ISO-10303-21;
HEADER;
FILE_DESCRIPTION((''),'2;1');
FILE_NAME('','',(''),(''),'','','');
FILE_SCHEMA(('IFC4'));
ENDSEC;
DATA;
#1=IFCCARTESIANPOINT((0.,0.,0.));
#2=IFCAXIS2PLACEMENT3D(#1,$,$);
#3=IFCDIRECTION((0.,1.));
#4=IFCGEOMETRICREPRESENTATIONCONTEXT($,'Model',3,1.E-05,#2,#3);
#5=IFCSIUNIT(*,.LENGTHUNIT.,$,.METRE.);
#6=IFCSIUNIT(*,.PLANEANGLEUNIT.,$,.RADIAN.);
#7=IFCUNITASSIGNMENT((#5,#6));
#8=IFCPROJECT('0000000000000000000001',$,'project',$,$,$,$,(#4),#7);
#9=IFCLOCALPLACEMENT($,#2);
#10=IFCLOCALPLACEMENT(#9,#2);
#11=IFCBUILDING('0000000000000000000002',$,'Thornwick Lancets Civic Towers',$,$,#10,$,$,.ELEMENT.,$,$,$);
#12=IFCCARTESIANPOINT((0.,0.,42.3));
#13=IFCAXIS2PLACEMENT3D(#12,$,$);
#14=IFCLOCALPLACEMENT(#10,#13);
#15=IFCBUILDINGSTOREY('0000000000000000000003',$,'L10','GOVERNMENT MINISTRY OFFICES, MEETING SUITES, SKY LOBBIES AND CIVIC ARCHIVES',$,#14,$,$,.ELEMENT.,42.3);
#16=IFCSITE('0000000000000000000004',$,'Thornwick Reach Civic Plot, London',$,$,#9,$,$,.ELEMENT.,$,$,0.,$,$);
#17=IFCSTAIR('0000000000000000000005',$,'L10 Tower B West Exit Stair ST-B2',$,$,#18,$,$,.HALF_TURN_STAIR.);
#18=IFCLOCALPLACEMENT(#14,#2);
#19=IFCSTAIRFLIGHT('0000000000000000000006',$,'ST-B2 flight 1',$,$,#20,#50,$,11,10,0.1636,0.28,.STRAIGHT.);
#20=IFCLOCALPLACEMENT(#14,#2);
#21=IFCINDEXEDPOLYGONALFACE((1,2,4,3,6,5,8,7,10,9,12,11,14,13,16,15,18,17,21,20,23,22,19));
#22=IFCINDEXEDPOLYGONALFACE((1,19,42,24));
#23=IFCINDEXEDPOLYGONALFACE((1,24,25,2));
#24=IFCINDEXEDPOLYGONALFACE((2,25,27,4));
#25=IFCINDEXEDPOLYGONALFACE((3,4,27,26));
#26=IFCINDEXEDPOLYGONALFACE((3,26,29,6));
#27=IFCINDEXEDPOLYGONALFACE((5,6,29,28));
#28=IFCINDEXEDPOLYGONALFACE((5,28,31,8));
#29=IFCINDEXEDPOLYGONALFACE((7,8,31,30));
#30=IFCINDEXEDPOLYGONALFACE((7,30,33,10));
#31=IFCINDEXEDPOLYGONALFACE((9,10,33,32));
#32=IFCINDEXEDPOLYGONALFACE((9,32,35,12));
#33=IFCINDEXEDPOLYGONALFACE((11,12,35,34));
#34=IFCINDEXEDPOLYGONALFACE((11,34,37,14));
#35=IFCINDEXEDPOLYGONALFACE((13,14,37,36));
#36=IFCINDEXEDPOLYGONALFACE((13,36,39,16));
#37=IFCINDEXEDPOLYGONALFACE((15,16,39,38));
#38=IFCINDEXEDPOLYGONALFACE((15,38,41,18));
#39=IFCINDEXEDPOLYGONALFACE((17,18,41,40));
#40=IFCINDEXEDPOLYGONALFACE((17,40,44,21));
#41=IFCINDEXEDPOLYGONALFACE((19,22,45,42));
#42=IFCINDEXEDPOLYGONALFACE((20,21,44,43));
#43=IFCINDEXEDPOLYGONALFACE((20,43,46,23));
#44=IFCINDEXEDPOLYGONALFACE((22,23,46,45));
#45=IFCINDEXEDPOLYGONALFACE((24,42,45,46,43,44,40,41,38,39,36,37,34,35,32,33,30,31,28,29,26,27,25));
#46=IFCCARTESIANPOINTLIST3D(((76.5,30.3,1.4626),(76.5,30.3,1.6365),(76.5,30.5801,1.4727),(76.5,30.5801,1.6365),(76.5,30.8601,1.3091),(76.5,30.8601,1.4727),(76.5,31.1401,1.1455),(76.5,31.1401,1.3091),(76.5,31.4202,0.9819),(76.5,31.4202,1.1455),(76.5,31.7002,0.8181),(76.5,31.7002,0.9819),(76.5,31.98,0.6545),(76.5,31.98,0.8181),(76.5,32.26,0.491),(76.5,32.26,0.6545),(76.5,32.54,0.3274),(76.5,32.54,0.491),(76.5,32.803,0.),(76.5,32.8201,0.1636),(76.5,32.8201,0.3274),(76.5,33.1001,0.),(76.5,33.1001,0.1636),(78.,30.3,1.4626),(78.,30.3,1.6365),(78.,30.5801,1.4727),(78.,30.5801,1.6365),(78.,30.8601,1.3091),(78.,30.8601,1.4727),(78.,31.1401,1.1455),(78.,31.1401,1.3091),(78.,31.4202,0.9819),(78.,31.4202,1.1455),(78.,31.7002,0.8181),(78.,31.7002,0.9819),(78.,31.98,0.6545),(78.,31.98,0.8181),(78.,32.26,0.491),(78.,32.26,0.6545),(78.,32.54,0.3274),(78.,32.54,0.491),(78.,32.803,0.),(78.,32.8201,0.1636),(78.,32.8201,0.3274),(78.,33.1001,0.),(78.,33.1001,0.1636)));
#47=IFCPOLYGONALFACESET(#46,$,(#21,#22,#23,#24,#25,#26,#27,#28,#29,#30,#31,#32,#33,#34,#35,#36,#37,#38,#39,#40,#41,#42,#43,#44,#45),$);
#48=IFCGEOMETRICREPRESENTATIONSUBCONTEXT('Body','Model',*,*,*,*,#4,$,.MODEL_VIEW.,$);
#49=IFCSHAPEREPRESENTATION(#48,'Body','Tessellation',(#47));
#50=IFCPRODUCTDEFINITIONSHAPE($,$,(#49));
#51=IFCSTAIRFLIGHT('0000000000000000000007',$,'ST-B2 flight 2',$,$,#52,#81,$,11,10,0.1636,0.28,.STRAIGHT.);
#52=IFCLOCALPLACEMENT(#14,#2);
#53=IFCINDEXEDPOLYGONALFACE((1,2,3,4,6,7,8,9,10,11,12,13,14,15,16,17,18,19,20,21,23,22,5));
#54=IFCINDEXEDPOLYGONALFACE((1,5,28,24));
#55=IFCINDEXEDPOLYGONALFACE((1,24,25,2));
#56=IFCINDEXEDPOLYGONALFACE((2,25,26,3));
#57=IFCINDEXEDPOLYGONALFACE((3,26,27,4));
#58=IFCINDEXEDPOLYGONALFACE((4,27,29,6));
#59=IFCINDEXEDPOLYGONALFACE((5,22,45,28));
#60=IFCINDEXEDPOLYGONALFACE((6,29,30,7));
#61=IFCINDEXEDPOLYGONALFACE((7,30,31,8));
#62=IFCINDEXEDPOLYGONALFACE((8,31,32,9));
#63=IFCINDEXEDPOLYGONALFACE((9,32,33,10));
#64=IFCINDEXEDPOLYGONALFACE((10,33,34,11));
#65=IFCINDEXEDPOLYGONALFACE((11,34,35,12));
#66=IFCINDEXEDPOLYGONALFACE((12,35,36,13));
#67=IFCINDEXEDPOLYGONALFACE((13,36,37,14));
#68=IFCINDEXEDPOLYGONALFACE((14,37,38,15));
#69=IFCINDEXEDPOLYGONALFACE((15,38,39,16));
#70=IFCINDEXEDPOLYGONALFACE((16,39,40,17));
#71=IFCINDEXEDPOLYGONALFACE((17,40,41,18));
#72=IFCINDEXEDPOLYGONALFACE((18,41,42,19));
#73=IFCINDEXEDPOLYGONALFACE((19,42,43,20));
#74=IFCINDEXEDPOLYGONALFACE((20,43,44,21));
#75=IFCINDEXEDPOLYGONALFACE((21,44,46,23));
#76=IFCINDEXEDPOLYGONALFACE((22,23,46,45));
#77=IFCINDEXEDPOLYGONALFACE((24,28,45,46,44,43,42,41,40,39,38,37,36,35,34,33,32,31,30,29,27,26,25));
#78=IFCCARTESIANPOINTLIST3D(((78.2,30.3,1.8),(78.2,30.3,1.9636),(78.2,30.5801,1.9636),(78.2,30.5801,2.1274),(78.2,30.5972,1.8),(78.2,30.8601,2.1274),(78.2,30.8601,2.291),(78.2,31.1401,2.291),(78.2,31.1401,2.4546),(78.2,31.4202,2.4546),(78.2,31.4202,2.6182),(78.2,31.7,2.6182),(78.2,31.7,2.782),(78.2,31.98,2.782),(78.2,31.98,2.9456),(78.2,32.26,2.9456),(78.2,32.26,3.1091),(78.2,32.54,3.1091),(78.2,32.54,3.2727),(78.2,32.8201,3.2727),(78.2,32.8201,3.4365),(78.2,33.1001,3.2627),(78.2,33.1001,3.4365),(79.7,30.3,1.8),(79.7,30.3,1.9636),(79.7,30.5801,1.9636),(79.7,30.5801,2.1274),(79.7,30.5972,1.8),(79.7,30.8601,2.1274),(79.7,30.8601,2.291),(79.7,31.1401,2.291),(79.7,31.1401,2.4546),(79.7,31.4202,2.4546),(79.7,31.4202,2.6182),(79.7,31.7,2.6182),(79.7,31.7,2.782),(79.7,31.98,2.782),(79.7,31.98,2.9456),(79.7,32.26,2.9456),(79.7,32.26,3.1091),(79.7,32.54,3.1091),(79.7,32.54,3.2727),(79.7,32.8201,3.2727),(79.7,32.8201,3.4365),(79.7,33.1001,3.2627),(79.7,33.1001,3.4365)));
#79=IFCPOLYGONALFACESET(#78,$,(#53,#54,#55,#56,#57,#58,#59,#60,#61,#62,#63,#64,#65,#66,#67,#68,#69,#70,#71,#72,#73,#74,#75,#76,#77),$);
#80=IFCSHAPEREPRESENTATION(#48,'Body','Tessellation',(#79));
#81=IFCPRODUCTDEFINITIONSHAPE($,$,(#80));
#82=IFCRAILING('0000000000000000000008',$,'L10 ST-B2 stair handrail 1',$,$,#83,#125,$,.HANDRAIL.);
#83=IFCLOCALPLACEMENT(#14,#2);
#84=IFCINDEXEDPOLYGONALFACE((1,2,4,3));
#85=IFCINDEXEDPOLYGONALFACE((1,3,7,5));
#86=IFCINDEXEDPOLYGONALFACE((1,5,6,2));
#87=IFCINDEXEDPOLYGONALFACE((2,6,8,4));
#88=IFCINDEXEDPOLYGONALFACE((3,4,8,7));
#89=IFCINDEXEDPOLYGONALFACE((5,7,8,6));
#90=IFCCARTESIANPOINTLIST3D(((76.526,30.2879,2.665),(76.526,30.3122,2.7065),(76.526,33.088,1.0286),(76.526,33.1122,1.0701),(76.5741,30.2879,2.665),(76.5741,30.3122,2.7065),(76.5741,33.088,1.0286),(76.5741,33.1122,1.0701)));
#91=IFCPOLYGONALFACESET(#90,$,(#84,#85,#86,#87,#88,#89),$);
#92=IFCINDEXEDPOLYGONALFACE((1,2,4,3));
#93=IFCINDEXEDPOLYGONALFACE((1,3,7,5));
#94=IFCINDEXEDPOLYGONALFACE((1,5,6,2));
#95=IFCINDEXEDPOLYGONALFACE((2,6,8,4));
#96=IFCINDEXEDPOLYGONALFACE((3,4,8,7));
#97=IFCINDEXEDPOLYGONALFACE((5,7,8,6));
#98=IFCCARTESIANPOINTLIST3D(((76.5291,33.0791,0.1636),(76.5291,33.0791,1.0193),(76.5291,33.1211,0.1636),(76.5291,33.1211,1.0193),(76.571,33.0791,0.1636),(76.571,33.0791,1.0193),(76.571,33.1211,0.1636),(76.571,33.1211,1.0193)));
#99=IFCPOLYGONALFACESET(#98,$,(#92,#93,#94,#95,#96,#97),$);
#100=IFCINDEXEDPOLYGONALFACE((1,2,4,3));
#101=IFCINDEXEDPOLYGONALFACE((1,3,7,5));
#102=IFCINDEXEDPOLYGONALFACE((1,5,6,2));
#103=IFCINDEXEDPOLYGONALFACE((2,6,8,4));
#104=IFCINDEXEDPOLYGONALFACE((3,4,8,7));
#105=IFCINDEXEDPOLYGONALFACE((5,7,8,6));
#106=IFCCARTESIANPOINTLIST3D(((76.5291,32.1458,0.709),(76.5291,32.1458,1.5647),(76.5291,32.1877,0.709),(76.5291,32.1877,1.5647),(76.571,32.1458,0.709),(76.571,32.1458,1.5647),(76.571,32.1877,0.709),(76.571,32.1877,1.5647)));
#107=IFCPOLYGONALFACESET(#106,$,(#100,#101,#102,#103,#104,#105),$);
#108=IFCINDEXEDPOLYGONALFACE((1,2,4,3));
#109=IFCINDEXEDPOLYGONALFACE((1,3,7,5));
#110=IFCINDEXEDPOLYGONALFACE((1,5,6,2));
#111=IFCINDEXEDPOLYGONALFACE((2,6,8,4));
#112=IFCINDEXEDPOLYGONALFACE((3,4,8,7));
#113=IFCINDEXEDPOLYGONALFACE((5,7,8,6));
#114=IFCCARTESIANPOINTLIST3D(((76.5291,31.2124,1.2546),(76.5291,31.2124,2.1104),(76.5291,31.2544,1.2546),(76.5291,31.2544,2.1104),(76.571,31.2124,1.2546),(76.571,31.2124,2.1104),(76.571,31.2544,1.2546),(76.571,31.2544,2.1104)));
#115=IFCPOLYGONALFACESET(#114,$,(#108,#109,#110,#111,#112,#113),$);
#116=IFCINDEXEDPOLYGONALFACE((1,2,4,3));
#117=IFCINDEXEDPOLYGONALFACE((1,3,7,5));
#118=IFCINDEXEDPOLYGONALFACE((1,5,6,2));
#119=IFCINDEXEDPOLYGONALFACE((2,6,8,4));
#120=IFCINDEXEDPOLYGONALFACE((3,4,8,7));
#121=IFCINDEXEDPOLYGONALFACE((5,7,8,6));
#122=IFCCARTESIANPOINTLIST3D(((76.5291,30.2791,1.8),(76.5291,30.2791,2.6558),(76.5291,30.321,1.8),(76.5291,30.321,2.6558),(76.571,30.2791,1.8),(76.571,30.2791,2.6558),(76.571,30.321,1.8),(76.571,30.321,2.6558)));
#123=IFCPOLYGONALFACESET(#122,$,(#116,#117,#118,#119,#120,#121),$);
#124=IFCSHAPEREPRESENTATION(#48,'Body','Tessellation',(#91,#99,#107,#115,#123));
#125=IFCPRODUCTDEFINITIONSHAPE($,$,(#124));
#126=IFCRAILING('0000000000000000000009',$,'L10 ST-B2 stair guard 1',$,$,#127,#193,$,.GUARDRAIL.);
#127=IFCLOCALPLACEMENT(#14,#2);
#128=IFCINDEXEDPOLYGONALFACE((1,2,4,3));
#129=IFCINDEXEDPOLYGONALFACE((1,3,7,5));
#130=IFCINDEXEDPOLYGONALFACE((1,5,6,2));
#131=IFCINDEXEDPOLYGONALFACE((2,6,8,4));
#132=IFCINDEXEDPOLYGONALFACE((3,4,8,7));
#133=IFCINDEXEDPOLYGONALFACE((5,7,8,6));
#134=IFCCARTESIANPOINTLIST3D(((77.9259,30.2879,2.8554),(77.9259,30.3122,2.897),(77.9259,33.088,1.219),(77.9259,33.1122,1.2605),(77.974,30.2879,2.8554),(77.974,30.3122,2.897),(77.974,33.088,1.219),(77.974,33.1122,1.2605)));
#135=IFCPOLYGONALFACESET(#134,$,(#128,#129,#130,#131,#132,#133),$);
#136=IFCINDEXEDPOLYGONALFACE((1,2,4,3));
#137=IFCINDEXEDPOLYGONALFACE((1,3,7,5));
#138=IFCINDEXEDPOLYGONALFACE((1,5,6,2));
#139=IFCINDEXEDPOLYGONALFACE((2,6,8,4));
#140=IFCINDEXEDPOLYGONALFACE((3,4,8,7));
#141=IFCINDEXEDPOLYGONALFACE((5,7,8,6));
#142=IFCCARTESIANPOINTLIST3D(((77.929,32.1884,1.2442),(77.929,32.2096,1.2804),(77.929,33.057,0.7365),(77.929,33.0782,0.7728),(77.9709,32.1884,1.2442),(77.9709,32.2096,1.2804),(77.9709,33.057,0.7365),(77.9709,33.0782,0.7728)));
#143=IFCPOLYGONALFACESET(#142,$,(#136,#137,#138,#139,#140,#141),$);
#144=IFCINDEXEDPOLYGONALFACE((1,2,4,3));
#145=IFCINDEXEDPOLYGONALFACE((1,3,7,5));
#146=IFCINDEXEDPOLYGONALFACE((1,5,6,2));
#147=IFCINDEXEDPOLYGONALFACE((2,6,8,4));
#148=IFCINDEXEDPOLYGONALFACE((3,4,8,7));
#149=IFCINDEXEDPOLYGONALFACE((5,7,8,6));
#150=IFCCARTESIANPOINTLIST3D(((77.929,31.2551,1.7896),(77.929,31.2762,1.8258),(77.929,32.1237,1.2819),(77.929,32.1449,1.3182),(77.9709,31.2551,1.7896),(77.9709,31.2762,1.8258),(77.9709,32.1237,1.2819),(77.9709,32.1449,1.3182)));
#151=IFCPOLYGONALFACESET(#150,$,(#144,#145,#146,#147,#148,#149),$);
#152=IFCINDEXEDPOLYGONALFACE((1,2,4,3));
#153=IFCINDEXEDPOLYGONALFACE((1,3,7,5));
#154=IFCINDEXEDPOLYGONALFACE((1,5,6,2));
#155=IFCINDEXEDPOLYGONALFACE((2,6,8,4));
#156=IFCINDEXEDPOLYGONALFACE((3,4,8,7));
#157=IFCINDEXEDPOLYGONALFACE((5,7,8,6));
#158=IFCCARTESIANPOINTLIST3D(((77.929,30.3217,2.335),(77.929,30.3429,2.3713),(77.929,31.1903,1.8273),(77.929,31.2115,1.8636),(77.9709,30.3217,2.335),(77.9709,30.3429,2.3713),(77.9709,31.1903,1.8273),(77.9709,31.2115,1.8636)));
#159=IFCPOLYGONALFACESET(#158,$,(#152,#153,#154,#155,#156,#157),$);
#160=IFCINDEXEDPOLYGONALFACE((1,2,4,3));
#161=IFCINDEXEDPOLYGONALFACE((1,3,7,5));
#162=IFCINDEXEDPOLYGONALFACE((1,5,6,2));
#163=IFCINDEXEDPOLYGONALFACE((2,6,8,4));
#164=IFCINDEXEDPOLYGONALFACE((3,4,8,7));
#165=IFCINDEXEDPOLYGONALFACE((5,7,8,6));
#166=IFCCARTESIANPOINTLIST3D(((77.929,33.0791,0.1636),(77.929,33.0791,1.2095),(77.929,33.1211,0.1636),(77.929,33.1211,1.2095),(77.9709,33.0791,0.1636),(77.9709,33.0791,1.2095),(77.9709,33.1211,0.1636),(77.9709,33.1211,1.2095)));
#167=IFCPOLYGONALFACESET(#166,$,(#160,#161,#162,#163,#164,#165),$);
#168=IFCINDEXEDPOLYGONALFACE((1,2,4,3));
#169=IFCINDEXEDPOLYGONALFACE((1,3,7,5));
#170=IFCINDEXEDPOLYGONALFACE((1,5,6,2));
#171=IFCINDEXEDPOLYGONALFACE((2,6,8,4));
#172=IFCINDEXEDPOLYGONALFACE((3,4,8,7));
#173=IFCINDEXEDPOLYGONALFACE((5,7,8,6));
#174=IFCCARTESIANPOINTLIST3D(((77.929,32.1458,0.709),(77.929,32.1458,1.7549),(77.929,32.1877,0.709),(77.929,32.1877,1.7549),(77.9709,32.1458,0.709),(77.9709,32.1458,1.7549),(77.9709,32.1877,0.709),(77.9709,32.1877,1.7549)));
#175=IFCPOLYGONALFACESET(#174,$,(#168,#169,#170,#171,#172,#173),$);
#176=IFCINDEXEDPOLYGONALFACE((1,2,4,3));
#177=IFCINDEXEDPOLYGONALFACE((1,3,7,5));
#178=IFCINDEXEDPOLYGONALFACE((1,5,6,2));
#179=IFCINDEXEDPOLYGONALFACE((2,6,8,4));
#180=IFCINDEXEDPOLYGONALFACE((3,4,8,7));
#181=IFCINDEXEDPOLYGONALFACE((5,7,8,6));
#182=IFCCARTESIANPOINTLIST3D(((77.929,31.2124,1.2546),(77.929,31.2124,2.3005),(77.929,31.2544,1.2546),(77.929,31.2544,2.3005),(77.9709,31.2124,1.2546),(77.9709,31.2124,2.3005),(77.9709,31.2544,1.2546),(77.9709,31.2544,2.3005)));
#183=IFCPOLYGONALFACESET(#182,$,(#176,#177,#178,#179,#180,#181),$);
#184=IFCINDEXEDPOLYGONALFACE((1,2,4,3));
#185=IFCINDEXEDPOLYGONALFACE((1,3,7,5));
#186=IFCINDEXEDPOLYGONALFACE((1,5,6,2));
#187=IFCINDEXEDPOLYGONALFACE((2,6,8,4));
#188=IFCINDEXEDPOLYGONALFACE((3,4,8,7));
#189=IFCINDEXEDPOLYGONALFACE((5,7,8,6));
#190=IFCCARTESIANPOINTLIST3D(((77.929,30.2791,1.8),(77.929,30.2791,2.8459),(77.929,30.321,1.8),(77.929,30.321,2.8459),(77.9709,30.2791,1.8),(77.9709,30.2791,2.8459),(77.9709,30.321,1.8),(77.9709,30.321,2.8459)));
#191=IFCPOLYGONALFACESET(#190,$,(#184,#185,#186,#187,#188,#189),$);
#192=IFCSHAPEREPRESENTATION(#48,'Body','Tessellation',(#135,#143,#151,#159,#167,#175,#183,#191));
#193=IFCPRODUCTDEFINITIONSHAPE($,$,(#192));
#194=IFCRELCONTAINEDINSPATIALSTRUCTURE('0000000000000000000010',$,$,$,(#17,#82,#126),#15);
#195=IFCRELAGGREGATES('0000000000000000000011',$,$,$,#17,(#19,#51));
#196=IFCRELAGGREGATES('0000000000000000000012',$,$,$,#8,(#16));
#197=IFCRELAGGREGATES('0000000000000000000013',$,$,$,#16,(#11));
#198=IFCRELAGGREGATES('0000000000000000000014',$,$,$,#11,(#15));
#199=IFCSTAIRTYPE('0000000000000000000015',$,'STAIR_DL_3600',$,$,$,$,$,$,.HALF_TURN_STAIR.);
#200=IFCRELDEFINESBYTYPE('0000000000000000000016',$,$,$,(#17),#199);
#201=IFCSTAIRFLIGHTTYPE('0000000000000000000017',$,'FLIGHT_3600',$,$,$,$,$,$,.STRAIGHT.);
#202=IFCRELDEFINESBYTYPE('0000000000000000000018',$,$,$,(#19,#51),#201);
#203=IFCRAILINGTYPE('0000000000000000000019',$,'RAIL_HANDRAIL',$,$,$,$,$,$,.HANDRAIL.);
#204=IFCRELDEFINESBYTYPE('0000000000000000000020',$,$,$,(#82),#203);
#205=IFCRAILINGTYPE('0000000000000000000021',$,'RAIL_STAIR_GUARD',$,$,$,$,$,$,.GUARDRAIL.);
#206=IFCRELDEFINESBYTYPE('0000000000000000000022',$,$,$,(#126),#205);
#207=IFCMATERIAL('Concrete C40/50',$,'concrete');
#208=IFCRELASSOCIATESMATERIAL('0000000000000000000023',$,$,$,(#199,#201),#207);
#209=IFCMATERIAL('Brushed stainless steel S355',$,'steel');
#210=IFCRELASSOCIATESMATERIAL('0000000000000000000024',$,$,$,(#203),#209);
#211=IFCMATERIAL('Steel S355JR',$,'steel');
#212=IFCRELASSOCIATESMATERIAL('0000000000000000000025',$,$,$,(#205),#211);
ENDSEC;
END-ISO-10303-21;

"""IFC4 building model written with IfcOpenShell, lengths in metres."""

from ifc_helpers import new_model, si_unit, direction, frame, origin, origin_2d, place, context, subcontext, project, spatial, polyline, rectangle, outline, extrude, material, type_object, element, aggregate, save


model = new_model("IFC4")

# Units and contexts
model_context = context("Model", 3, precision=1e-05, world=origin(), true_north=direction((0.0, 1.0)))
body_context = subcontext(model_context, "Body", "Model", "MODEL_VIEW")
ifc_project = project(units=[si_unit("LENGTHUNIT", "METRE"), si_unit("PLANEANGLEUNIT", "RADIAN")], contexts=[model_context])

# Site, building, storey
site_placement = place(None, origin())
site = spatial("IfcSite", under=ifc_project, at=site_placement, Name="Thornwick Reach Civic Plot, London", CompositionType="ELEMENT", RefElevation=0.0)
building_placement = place(site_placement, origin())
building = spatial("IfcBuilding", under=site, at=building_placement, Name="Thornwick Lancets Civic Towers", CompositionType="ELEMENT")
storey_placement = place(building_placement, frame((0.0, 0.0, 42.3)))
storey = spatial("IfcBuildingStorey", under=building, at=storey_placement, Name="L10", Description="GOVERNMENT MINISTRY OFFICES, MEETING SUITES, SKY LOBBIES AND CIVIC ARCHIVES", CompositionType="ELEMENT", Elevation=42.3)

# Shared definitions
ifc_material_1 = material(Name="Steel S355JR", Category="steel")
ifc_material_2 = material(Name="Concrete C40/50", Category="concrete")

# Stair, stair flights
stair_type = type_object("IfcStairType", Name="STAIR_DL_3600", PredefinedType="HALF_TURN_STAIR", material=ifc_material_2)
stair_placement = place(storey_placement, origin())
stair = element("IfcStair", 1, at=stair_placement, inside=storey, type_object=stair_type, Name="L10 Tower B West Exit Stair ST-B2", PredefinedType="HALF_TURN_STAIR")
stair_flight_type = type_object("IfcStairFlightType", Name="FLIGHT_3600", PredefinedType="STRAIGHT", material=ifc_material_2)
stair_flight_1_placement = place(storey_placement, frame((77.25, 33.1001, 0.0), z_axis=(0.0, 0.0, 1.0), x_axis=(0.0, -1.0, 0.0)))
stair_flight_1 = element("IfcStairFlight", 2, at=stair_flight_1_placement, type_object=stair_flight_type, Name="ST-B2 flight 1", NumberOfRisers=11, NumberOfTreads=10, PredefinedType="STRAIGHT", RiserHeight=0.1636, TreadLength=0.28, context=body_context, shape_type="SweptSolid", body=[
    extrude(outline(polyline([(0.0, 0.0), (0.0, 0.1636), (0.28, 0.1636), (0.28, 0.3274), (0.5601, 0.3274), (0.5601, 0.491), (0.8401, 0.491), (0.8401, 0.6545), (1.1201, 0.6545), (1.1201, 0.8181), (1.3999, 0.8181), (1.3999, 0.9819), (1.6799, 0.9819), (1.6799, 1.1455), (1.96, 1.1455), (1.96, 1.3091), (2.24, 1.3091), (2.24, 1.4727), (2.52, 1.4727), (2.52, 1.6365), (2.8, 1.6365), (2.8, 1.8), (2.8, 1.4626), (0.2971, 0.0), (0.0, 0.0)])), frame((0.0, 0.75, 0.0), z_axis=(0.0, -1.0, 0.0), x_axis=(1.0, 0.0, 0.0)), (0.0, 0.0, 1.0), 1.5),
])
stair_flight_2_placement = place(storey_placement, frame((78.95, 30.3, 1.8), z_axis=(0.0, 0.0, 1.0), x_axis=(0.0, 1.0, 0.0)))
stair_flight_2 = element("IfcStairFlight", 3, at=stair_flight_2_placement, type_object=stair_flight_type, Name="ST-B2 flight 2", NumberOfRisers=11, NumberOfTreads=10, PredefinedType="STRAIGHT", RiserHeight=0.1636, TreadLength=0.28, context=body_context, shape_type="SweptSolid", body=[
    extrude(outline(polyline([(0.0, 0.0), (0.0, 0.1636), (0.28, 0.1636), (0.28, 0.3274), (0.5601, 0.3274), (0.5601, 0.491), (0.8401, 0.491), (0.8401, 0.6545), (1.1201, 0.6545), (1.1201, 0.8181), (1.3999, 0.8181), (1.3999, 0.9819), (1.6799, 0.9819), (1.6799, 1.1455), (1.96, 1.1455), (1.96, 1.3091), (2.24, 1.3091), (2.24, 1.4727), (2.52, 1.4727), (2.52, 1.6365), (2.8, 1.6365), (2.8, 1.8), (2.8, 1.4626), (0.2971, 0.0), (0.0, 0.0)])), frame((0.0, 0.75, 0.0), z_axis=(0.0, -1.0, 0.0), x_axis=(1.0, 0.0, 0.0)), (0.0, 0.0, 1.0), 1.5),
])
aggregate(stair, [stair_flight_1, stair_flight_2])

# Railings
ifc_material_3 = material(Name="Brushed stainless steel S355", Category="steel")
railing_type_1 = type_object("IfcRailingType", Name="RAIL_HANDRAIL", PredefinedType="HANDRAIL", material=ifc_material_3)
railing_1_placement = place(storey_placement, frame((76.55, 33.1001, 0.1636)))
element("IfcRailing", 4, at=railing_1_placement, inside=storey, type_object=railing_type_1, Name="L10 ST-B2 stair handrail 1", PredefinedType="HANDRAIL", context=body_context, shape_type="SweptSolid", body=[
    extrude(rectangle(XDim=0.0481, YDim=0.0481, at=origin_2d()), frame((0.0, 0.0, 0.8857), z_axis=(0.0, -0.863361, 0.504587), x_axis=(1.0, 0.0, 0.0)), (0.0, 0.0, 1.0), 3.2432),
    extrude(rectangle(XDim=0.042, YDim=0.042, at=origin_2d()), origin(), (0.0, 0.0, 1.0), 0.8557),
    extrude(rectangle(XDim=0.042, YDim=0.042, at=origin_2d()), frame((0.0, -0.9333, 0.5454)), (0.0, 0.0, 1.0), 0.8557),
    extrude(rectangle(XDim=0.042, YDim=0.042, at=origin_2d()), frame((0.0, -1.8667, 1.0911)), (0.0, 0.0, 1.0), 0.8557),
    extrude(rectangle(XDim=0.042, YDim=0.042, at=origin_2d()), frame((0.0, -2.8, 1.6365)), (0.0, 0.0, 1.0), 0.8557),
])
railing_type_2 = type_object("IfcRailingType", Name="RAIL_STAIR_GUARD", PredefinedType="GUARDRAIL", material=ifc_material_1)
railing_2_placement = place(storey_placement, frame((77.95, 33.1001, 0.1636)))
element("IfcRailing", 5, at=railing_2_placement, inside=storey, type_object=railing_type_2, Name="L10 ST-B2 stair guard 1", PredefinedType="GUARDRAIL", context=body_context, shape_type="SweptSolid", body=[
    extrude(rectangle(XDim=0.0481, YDim=0.0481, at=origin_2d()), frame((0.0, 0.0, 1.0762), z_axis=(0.0, -0.863361, 0.504587), x_axis=(1.0, 0.0, 0.0)), (0.0, 0.0, 1.0), 3.2432),
    extrude(rectangle(XDim=0.042, YDim=0.042, at=origin_2d()), frame((0.0, -0.0325, 0.5911), z_axis=(0.0, -0.863361, 0.504587), x_axis=(1.0, 0.0, 0.0)), (0.0, 0.0, 1.0), 1.0061),
    extrude(rectangle(XDim=0.042, YDim=0.042, at=origin_2d()), frame((0.0, -0.9658, 1.1365), z_axis=(0.0, -0.863361, 0.504587), x_axis=(1.0, 0.0, 0.0)), (0.0, 0.0, 1.0), 1.0061),
    extrude(rectangle(XDim=0.042, YDim=0.042, at=origin_2d()), frame((0.0, -1.8992, 1.6819), z_axis=(0.0, -0.863361, 0.504587), x_axis=(1.0, 0.0, 0.0)), (0.0, 0.0, 1.0), 1.0061),
    extrude(rectangle(XDim=0.042, YDim=0.042, at=origin_2d()), origin(), (0.0, 0.0, 1.0), 1.0459),
    extrude(rectangle(XDim=0.042, YDim=0.042, at=origin_2d()), frame((0.0, -0.9333, 0.5454)), (0.0, 0.0, 1.0), 1.0459),
    extrude(rectangle(XDim=0.042, YDim=0.042, at=origin_2d()), frame((0.0, -1.8667, 1.0911)), (0.0, 0.0, 1.0), 1.0459),
    extrude(rectangle(XDim=0.042, YDim=0.042, at=origin_2d()), frame((0.0, -2.8, 1.6365)), (0.0, 0.0, 1.0), 1.0459),
])

save(model, "model.ifc")
